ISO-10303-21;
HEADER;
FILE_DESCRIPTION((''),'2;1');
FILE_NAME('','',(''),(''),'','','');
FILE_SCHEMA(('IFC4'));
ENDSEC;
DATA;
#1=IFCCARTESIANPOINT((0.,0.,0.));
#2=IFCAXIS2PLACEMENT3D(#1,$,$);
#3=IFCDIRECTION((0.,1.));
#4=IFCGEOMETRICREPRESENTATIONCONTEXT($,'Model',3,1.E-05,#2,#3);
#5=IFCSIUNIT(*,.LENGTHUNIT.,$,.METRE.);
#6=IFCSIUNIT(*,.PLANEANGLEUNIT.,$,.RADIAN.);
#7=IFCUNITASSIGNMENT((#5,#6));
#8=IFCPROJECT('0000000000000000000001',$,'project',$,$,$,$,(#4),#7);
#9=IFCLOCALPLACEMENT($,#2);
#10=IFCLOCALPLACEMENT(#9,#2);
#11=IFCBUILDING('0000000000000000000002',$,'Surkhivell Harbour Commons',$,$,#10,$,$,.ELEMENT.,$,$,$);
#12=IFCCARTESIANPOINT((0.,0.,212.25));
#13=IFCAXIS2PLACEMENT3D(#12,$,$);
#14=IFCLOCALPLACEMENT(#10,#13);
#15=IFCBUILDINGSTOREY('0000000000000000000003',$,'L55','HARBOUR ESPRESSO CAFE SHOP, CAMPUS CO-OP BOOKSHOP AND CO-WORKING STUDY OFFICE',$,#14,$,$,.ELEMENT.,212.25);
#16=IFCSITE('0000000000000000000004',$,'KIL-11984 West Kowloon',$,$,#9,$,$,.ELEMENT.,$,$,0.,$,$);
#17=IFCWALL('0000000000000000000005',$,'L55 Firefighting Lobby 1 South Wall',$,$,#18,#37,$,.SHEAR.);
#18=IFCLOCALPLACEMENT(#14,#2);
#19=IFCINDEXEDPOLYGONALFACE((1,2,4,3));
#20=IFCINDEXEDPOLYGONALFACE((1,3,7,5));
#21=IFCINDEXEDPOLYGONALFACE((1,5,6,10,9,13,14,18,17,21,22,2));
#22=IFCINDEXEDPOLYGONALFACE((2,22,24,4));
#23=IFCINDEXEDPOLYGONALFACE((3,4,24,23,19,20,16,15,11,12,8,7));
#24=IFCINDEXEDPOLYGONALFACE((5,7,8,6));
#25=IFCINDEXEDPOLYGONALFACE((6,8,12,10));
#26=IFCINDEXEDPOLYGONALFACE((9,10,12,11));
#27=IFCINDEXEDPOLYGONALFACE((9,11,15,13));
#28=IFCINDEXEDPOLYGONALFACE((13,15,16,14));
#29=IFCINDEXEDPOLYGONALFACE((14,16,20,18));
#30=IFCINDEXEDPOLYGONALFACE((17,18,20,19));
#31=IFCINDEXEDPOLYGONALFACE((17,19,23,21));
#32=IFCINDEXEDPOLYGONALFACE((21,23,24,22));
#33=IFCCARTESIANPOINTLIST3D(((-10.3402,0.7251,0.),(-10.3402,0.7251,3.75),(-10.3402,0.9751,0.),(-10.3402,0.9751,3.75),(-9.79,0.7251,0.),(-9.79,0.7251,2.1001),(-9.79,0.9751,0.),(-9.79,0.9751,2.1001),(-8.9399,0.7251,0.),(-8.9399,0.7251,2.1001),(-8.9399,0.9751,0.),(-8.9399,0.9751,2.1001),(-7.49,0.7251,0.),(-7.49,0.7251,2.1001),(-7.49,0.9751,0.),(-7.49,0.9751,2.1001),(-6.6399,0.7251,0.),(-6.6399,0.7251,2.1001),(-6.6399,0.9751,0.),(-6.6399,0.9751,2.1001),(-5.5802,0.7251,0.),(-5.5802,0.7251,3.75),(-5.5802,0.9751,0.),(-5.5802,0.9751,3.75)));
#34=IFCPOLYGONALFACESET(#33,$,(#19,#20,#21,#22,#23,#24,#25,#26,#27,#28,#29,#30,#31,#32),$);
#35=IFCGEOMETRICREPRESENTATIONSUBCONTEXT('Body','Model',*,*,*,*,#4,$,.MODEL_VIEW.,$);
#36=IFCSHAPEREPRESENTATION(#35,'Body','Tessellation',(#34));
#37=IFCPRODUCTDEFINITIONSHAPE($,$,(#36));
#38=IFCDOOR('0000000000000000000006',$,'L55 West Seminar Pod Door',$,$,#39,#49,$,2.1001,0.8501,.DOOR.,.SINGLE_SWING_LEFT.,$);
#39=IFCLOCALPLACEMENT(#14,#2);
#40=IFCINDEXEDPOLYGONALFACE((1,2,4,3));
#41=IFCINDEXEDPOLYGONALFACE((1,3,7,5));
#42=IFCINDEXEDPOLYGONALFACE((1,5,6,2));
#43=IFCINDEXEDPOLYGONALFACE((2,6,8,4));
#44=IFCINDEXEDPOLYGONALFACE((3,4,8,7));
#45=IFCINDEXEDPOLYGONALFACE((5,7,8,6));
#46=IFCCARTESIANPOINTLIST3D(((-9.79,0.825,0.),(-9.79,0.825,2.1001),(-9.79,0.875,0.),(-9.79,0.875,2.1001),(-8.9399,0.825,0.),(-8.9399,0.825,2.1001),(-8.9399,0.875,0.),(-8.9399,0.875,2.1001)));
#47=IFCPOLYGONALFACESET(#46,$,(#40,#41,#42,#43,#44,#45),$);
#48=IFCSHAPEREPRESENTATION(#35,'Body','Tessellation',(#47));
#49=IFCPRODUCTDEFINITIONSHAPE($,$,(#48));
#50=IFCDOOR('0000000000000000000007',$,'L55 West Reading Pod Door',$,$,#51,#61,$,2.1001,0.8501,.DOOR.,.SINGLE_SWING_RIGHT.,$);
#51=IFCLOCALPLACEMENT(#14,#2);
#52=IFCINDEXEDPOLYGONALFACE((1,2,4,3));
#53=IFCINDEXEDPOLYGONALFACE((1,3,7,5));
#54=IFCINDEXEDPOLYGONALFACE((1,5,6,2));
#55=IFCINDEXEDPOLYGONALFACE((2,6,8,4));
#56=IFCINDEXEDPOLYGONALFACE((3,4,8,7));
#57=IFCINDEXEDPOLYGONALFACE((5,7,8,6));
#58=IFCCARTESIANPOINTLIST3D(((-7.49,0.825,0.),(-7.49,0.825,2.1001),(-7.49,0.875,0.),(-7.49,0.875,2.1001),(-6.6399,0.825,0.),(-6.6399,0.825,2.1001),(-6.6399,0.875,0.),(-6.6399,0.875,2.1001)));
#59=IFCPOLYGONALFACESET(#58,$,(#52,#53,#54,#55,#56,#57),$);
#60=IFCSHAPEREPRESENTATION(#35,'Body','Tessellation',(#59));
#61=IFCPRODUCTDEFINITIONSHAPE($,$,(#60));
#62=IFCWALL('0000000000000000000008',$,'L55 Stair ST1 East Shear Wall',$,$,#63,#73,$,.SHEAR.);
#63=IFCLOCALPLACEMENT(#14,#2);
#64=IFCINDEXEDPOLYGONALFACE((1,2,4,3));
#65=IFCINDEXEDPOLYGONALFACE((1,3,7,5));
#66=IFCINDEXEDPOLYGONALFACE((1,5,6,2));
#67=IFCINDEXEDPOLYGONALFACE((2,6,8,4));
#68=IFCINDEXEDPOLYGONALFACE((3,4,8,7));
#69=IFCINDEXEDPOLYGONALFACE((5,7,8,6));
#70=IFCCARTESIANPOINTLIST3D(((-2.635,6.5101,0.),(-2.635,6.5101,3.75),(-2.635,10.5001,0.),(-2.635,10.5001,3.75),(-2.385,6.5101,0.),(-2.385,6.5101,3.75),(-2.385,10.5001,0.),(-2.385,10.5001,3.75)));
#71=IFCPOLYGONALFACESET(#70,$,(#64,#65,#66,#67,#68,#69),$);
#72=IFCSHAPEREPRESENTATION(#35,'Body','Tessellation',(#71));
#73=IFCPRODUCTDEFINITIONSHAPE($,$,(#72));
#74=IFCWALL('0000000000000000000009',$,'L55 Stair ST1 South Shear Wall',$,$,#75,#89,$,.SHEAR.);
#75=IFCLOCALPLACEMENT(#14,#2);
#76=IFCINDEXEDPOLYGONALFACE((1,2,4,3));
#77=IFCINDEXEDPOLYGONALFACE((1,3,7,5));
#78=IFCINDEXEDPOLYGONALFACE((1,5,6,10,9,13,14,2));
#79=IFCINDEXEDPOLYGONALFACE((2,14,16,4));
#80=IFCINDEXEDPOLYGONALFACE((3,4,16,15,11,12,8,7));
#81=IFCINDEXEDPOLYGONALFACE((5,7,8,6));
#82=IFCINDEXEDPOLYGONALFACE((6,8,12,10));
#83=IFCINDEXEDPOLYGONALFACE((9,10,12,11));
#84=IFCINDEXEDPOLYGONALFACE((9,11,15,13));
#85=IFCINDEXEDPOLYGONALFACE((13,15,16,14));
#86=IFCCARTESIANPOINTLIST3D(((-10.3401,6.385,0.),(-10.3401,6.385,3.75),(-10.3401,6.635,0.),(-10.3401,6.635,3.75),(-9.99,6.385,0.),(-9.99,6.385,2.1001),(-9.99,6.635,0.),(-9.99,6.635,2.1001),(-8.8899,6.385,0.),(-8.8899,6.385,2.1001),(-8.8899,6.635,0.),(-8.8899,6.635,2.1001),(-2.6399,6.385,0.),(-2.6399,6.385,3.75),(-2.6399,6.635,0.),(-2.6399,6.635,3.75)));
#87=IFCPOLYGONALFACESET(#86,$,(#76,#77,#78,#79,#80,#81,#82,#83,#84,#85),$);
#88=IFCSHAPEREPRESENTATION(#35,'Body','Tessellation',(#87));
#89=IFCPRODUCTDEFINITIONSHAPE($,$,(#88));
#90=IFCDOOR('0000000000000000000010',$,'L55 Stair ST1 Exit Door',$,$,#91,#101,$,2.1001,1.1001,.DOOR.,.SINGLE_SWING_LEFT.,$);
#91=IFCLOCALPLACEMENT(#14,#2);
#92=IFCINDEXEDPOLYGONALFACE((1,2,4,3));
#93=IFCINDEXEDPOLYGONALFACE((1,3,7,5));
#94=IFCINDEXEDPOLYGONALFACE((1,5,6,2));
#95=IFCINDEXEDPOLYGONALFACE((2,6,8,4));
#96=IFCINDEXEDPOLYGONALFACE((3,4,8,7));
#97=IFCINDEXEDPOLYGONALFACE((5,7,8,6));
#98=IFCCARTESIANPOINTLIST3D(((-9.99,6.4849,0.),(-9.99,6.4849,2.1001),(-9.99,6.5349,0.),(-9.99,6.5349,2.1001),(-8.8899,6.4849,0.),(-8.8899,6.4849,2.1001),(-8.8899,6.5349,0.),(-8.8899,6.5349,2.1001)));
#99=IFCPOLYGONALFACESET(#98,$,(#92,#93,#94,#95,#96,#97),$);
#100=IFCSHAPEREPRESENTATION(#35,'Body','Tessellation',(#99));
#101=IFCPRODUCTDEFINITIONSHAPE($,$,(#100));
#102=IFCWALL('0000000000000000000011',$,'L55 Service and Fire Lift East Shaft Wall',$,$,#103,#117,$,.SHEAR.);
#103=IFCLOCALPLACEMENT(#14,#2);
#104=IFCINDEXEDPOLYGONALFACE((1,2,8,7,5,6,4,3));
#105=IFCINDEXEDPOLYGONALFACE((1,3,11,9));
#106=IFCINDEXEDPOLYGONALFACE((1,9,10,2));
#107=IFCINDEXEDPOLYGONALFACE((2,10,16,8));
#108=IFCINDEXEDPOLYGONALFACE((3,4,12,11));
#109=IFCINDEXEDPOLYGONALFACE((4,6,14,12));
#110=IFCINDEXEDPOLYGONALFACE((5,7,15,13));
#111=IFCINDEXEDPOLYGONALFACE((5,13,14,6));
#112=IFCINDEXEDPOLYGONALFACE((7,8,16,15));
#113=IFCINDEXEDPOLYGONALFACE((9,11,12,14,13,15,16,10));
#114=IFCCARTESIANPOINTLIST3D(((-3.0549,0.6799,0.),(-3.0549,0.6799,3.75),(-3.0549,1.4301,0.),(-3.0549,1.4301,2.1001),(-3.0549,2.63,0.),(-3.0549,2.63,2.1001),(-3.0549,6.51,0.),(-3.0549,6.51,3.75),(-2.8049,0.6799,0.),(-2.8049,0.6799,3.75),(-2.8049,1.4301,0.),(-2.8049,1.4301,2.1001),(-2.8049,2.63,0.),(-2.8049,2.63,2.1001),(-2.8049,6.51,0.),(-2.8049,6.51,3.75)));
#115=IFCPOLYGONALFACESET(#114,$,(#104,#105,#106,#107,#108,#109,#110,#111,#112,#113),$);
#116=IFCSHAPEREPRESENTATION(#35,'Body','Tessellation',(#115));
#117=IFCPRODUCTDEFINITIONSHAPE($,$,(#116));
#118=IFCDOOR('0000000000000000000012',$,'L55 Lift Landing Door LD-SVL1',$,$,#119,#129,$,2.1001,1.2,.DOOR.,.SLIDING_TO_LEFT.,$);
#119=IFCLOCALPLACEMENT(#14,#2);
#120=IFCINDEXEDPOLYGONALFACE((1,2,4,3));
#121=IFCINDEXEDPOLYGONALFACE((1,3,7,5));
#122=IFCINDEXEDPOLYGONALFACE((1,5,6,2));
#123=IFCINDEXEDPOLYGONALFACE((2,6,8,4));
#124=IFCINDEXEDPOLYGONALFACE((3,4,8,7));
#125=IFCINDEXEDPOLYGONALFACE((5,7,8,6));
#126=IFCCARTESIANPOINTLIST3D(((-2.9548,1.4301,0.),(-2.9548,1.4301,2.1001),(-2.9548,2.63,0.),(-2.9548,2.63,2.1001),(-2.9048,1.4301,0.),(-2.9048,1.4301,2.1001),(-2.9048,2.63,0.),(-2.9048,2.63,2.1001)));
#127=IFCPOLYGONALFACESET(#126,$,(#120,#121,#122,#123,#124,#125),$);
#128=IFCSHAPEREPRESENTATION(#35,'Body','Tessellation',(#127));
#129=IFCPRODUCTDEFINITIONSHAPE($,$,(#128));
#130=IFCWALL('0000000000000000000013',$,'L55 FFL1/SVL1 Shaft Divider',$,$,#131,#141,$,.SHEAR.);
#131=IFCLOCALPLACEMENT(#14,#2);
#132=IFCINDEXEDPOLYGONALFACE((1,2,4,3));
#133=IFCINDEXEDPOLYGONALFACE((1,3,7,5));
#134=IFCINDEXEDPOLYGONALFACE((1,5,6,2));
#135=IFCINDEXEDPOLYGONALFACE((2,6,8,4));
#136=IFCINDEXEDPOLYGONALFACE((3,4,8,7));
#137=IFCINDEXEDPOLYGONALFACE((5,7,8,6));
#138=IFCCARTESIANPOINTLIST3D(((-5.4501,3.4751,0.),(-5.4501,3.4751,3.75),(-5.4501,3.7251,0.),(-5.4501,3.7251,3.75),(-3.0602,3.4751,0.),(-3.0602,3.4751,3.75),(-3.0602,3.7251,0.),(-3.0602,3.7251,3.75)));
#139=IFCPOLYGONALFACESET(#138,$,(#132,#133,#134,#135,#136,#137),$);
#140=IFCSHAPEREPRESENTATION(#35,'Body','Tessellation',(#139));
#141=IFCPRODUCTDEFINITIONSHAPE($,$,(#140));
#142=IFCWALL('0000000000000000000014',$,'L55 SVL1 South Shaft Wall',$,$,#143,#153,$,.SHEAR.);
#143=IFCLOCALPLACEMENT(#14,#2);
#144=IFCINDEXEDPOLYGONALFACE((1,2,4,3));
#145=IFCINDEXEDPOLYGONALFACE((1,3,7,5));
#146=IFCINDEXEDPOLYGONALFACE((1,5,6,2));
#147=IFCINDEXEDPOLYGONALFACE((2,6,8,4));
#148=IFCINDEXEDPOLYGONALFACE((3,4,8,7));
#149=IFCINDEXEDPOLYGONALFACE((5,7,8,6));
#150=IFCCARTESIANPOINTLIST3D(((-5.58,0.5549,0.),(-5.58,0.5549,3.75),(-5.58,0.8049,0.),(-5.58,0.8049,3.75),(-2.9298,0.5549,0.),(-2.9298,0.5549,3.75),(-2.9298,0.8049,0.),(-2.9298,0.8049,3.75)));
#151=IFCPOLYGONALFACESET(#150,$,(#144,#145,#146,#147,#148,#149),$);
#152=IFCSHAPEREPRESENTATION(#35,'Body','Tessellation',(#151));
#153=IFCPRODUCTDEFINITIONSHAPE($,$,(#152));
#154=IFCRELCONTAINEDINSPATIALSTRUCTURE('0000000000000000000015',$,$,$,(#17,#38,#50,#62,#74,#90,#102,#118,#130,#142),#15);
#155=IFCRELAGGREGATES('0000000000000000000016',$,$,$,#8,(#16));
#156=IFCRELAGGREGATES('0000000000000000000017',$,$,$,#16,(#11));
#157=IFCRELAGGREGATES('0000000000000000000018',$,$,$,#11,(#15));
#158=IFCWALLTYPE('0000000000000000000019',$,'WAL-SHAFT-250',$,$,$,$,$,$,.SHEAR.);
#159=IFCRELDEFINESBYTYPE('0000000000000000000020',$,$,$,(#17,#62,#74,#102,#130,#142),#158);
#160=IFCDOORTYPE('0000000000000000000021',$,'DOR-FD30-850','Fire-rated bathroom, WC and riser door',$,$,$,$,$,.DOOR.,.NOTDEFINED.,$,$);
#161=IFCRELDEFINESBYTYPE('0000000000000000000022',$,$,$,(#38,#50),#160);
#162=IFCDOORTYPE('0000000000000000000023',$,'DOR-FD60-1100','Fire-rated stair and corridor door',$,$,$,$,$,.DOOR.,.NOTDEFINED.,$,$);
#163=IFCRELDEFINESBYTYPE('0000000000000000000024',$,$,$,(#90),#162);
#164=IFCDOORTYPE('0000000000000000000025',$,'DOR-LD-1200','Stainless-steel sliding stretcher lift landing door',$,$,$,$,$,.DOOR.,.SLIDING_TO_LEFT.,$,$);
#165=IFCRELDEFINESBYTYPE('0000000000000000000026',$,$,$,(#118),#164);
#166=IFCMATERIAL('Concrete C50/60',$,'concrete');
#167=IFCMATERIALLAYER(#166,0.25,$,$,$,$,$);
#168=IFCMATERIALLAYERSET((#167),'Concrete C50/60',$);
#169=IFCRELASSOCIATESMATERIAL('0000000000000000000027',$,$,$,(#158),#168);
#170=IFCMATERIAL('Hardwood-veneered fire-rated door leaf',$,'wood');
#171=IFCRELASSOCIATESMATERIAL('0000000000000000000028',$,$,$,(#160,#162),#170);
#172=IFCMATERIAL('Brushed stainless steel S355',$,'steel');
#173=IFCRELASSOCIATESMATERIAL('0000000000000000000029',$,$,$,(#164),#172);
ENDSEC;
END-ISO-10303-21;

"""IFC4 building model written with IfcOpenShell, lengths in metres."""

from ifc_helpers import new_model, si_unit, direction, frame, frame_2d, origin, place, context, subcontext, project, spatial, rectangle, extrude, material, layer, layer_set, type_object, element, fill, save


model = new_model("IFC4")

# Units and contexts
model_context = context("Model", 3, precision=1e-05, world=origin(), true_north=direction((0.0, 1.0)))
body_context = subcontext(model_context, "Body", "Model", "MODEL_VIEW")
ifc_project = project(units=[si_unit("LENGTHUNIT", "METRE"), si_unit("PLANEANGLEUNIT", "RADIAN")], contexts=[model_context])

# Site, building, storey
site_placement = place(None, origin())
site = spatial("IfcSite", under=ifc_project, at=site_placement, Name="KIL-11984 West Kowloon", CompositionType="ELEMENT", RefElevation=0.0)
building_placement = place(site_placement, origin())
building = spatial("IfcBuilding", under=site, at=building_placement, Name="Surkhivell Harbour Commons", CompositionType="ELEMENT")
storey_placement = place(building_placement, frame((0.0, 0.0, 212.25)))
storey = spatial("IfcBuildingStorey", under=building, at=storey_placement, Name="L55", Description="HARBOUR ESPRESSO CAFE SHOP, CAMPUS CO-OP BOOKSHOP AND CO-WORKING STUDY OFFICE", CompositionType="ELEMENT", Elevation=212.25)

# Shared definitions
ifc_material_1 = material(Name="Concrete C50/60", Category="concrete")
ifc_layer_1 = layer(ifc_material_1, 0.25)
ifc_layer_set_1 = layer_set([ifc_layer_1], Name="Concrete C50/60")
wall_type_1 = type_object("IfcWallType", Name="WAL-SHAFT-250", PredefinedType="SHEAR", material=ifc_layer_set_1)
ifc_material_2 = material(Name="Brushed stainless steel S355", Category="steel")

# Wall, openings, doors
wall_1_placement = place(storey_placement, frame((-10.3401, 0.8501, 0.0), z_axis=(0.0, 0.0, 1.0), x_axis=(1.0, 0.0, 0.0)))
wall_1 = element("IfcWall", 1, at=wall_1_placement, inside=storey, type_object=wall_type_1, Name="L55 Firefighting Lobby 1 South Wall", PredefinedType="SHEAR", context=body_context, shape_type="SweptSolid", body=[
    extrude(rectangle(XDim=4.76, YDim=0.25, at=frame_2d((2.3799, 0.0))), origin(), (0.0, 0.0, 1.0), 3.75),
])
opening_1_placement = place(wall_1_placement, frame((0.55, 0.0, 0.0)))
opening_1 = element("IfcOpeningElement", 2, at=opening_1_placement, cuts=wall_1, PredefinedType="OPENING", context=body_context, shape_type="SweptSolid", body=[
    extrude(rectangle(XDim=0.8501, YDim=2.1001, at=frame_2d((0.425, 1.05))), frame((0.0, 0.135, 0.0), z_axis=(0.0, -1.0, 0.0), x_axis=(1.0, 0.0, 0.0)), (0.0, 0.0, 1.0), 0.27),
])
opening_2_placement = place(wall_1_placement, frame((2.8501, 0.0, 0.0)))
opening_2 = element("IfcOpeningElement", 3, at=opening_2_placement, cuts=wall_1, PredefinedType="OPENING", context=body_context, shape_type="SweptSolid", body=[
    extrude(rectangle(XDim=0.8501, YDim=2.1001, at=frame_2d((0.425, 1.05))), frame((0.0, 0.135, 0.0), z_axis=(0.0, -1.0, 0.0), x_axis=(1.0, 0.0, 0.0)), (0.0, 0.0, 1.0), 0.27),
])
ifc_material_3 = material(Name="Hardwood-veneered fire-rated door leaf", Category="wood")
door_type_1 = type_object("IfcDoorType", Name="DOR-FD30-850", Description="Fire-rated bathroom, WC and riser door", OperationType="NOTDEFINED", PredefinedType="DOOR", material=ifc_material_3)
door_1_placement = place(opening_1_placement, origin())
door_1 = element("IfcDoor", 4, at=door_1_placement, inside=storey, type_object=door_type_1, Name="L55 West Seminar Pod Door", OperationType="SINGLE_SWING_LEFT", OverallHeight=2.1001, OverallWidth=0.8501, PredefinedType="DOOR", context=body_context, shape_type="SweptSolid", body=[
    extrude(rectangle(XDim=0.8501, YDim=2.1001, at=frame_2d((0.425, 1.05))), frame((0.0, 0.0249, 0.0), z_axis=(0.0, -1.0, 0.0), x_axis=(1.0, 0.0, 0.0)), (0.0, 0.0, 1.0), 0.05),
])
fill(opening_1, door_1)
door_2_placement = place(opening_2_placement, origin())
door_2 = element("IfcDoor", 5, at=door_2_placement, inside=storey, type_object=door_type_1, Name="L55 West Reading Pod Door", OperationType="SINGLE_SWING_RIGHT", OverallHeight=2.1001, OverallWidth=0.8501, PredefinedType="DOOR", context=body_context, shape_type="SweptSolid", body=[
    extrude(rectangle(XDim=0.8501, YDim=2.1001, at=frame_2d((0.425, 1.05))), frame((0.0, 0.0249, 0.0), z_axis=(0.0, -1.0, 0.0), x_axis=(1.0, 0.0, 0.0)), (0.0, 0.0, 1.0), 0.05),
])
fill(opening_2, door_2)

# Wall
wall_2_placement = place(storey_placement, frame((-2.51, 6.51, 0.0), z_axis=(0.0, 0.0, 1.0), x_axis=(0.0, 1.0, 0.0)))
element("IfcWall", 6, at=wall_2_placement, inside=storey, type_object=wall_type_1, Name="L55 Stair ST1 East Shear Wall", PredefinedType="SHEAR", context=body_context, shape_type="SweptSolid", body=[
    extrude(rectangle(XDim=3.99, YDim=0.25, at=frame_2d((1.9951, 0.0))), origin(), (0.0, 0.0, 1.0), 3.75),
])

# Walls, openings, doors
wall_3_placement = place(storey_placement, frame((-10.3401, 6.51, 0.0), z_axis=(0.0, 0.0, 1.0), x_axis=(1.0, 0.0, 0.0)))
wall_3 = element("IfcWall", 7, at=wall_3_placement, inside=storey, type_object=wall_type_1, Name="L55 Stair ST1 South Shear Wall", PredefinedType="SHEAR", context=body_context, shape_type="SweptSolid", body=[
    extrude(rectangle(XDim=7.7002, YDim=0.25, at=frame_2d((3.8501, 0.0))), origin(), (0.0, 0.0, 1.0), 3.75),
])
opening_3_placement = place(wall_3_placement, frame((0.3501, 0.0, 0.0)))
opening_3 = element("IfcOpeningElement", 8, at=opening_3_placement, cuts=wall_3, PredefinedType="OPENING", context=body_context, shape_type="SweptSolid", body=[
    extrude(rectangle(XDim=1.1001, YDim=2.1001, at=frame_2d((0.55, 1.05))), frame((0.0, 0.135, 0.0), z_axis=(0.0, -1.0, 0.0), x_axis=(1.0, 0.0, 0.0)), (0.0, 0.0, 1.0), 0.27),
])
door_type_2 = type_object("IfcDoorType", Name="DOR-FD60-1100", Description="Fire-rated stair and corridor door", OperationType="NOTDEFINED", PredefinedType="DOOR", material=ifc_material_3)
door_3_placement = place(opening_3_placement, origin())
door_3 = element("IfcDoor", 9, at=door_3_placement, inside=storey, type_object=door_type_2, Name="L55 Stair ST1 Exit Door", OperationType="SINGLE_SWING_LEFT", OverallHeight=2.1001, OverallWidth=1.1001, PredefinedType="DOOR", context=body_context, shape_type="SweptSolid", body=[
    extrude(rectangle(XDim=1.1001, YDim=2.1001, at=frame_2d((0.55, 1.05))), frame((0.0, 0.0249, 0.0), z_axis=(0.0, -1.0, 0.0), x_axis=(1.0, 0.0, 0.0)), (0.0, 0.0, 1.0), 0.05),
])
fill(opening_3, door_3)
wall_4_placement = place(storey_placement, frame((-2.9299, 0.6799, 0.0), z_axis=(0.0, 0.0, 1.0), x_axis=(0.0, 1.0, 0.0)))
wall_4 = element("IfcWall", 10, at=wall_4_placement, inside=storey, type_object=wall_type_1, Name="L55 Service and Fire Lift East Shaft Wall", PredefinedType="SHEAR", context=body_context, shape_type="SweptSolid", body=[
    extrude(rectangle(XDim=5.8301, YDim=0.25, at=frame_2d((2.915, 0.0))), origin(), (0.0, 0.0, 1.0), 3.75),
])
opening_4_placement = place(wall_4_placement, frame((0.75, 0.0, 0.0)))
opening_4 = element("IfcOpeningElement", 11, at=opening_4_placement, cuts=wall_4, PredefinedType="OPENING", context=body_context, shape_type="SweptSolid", body=[
    extrude(rectangle(XDim=1.2, YDim=2.1001, at=frame_2d((0.6001, 1.05))), frame((0.0, 0.135, 0.0), z_axis=(0.0, -1.0, 0.0), x_axis=(1.0, 0.0, 0.0)), (0.0, 0.0, 1.0), 0.27),
])
door_type_3 = type_object("IfcDoorType", Name="DOR-LD-1200", Description="Stainless-steel sliding stretcher lift landing door", OperationType="SLIDING_TO_LEFT", PredefinedType="DOOR", material=ifc_material_2)
door_4_placement = place(opening_4_placement, origin())
door_4 = element("IfcDoor", 12, at=door_4_placement, inside=storey, type_object=door_type_3, Name="L55 Lift Landing Door LD-SVL1", OperationType="SLIDING_TO_LEFT", OverallHeight=2.1001, OverallWidth=1.2, PredefinedType="DOOR", context=body_context, shape_type="SweptSolid", body=[
    extrude(rectangle(XDim=1.2, YDim=2.1001, at=frame_2d((0.6001, 1.05))), frame((0.0, 0.0249, 0.0), z_axis=(0.0, -1.0, 0.0), x_axis=(1.0, 0.0, 0.0)), (0.0, 0.0, 1.0), 0.05),
])
fill(opening_4, door_4)

# Walls
wall_5_placement = place(storey_placement, frame((-5.45, 3.6001, 0.0), z_axis=(0.0, 0.0, 1.0), x_axis=(1.0, 0.0, 0.0)))
element("IfcWall", 13, at=wall_5_placement, inside=storey, type_object=wall_type_1, Name="L55 FFL1/SVL1 Shaft Divider", PredefinedType="SHEAR", context=body_context, shape_type="SweptSolid", body=[
    extrude(rectangle(XDim=2.3899, YDim=0.25, at=frame_2d((1.1948, 0.0))), origin(), (0.0, 0.0, 1.0), 3.75),
])
wall_6_placement = place(storey_placement, frame((-5.5801, 0.6799, 0.0), z_axis=(0.0, 0.0, 1.0), x_axis=(1.0, 0.0, 0.0)))
element("IfcWall", 14, at=wall_6_placement, inside=storey, type_object=wall_type_1, Name="L55 SVL1 South Shaft Wall", PredefinedType="SHEAR", context=body_context, shape_type="SweptSolid", body=[
    extrude(rectangle(XDim=2.6501, YDim=0.25, at=frame_2d((1.3252, 0.0))), origin(), (0.0, 0.0, 1.0), 3.75),
])

save(model, "model.ifc")
